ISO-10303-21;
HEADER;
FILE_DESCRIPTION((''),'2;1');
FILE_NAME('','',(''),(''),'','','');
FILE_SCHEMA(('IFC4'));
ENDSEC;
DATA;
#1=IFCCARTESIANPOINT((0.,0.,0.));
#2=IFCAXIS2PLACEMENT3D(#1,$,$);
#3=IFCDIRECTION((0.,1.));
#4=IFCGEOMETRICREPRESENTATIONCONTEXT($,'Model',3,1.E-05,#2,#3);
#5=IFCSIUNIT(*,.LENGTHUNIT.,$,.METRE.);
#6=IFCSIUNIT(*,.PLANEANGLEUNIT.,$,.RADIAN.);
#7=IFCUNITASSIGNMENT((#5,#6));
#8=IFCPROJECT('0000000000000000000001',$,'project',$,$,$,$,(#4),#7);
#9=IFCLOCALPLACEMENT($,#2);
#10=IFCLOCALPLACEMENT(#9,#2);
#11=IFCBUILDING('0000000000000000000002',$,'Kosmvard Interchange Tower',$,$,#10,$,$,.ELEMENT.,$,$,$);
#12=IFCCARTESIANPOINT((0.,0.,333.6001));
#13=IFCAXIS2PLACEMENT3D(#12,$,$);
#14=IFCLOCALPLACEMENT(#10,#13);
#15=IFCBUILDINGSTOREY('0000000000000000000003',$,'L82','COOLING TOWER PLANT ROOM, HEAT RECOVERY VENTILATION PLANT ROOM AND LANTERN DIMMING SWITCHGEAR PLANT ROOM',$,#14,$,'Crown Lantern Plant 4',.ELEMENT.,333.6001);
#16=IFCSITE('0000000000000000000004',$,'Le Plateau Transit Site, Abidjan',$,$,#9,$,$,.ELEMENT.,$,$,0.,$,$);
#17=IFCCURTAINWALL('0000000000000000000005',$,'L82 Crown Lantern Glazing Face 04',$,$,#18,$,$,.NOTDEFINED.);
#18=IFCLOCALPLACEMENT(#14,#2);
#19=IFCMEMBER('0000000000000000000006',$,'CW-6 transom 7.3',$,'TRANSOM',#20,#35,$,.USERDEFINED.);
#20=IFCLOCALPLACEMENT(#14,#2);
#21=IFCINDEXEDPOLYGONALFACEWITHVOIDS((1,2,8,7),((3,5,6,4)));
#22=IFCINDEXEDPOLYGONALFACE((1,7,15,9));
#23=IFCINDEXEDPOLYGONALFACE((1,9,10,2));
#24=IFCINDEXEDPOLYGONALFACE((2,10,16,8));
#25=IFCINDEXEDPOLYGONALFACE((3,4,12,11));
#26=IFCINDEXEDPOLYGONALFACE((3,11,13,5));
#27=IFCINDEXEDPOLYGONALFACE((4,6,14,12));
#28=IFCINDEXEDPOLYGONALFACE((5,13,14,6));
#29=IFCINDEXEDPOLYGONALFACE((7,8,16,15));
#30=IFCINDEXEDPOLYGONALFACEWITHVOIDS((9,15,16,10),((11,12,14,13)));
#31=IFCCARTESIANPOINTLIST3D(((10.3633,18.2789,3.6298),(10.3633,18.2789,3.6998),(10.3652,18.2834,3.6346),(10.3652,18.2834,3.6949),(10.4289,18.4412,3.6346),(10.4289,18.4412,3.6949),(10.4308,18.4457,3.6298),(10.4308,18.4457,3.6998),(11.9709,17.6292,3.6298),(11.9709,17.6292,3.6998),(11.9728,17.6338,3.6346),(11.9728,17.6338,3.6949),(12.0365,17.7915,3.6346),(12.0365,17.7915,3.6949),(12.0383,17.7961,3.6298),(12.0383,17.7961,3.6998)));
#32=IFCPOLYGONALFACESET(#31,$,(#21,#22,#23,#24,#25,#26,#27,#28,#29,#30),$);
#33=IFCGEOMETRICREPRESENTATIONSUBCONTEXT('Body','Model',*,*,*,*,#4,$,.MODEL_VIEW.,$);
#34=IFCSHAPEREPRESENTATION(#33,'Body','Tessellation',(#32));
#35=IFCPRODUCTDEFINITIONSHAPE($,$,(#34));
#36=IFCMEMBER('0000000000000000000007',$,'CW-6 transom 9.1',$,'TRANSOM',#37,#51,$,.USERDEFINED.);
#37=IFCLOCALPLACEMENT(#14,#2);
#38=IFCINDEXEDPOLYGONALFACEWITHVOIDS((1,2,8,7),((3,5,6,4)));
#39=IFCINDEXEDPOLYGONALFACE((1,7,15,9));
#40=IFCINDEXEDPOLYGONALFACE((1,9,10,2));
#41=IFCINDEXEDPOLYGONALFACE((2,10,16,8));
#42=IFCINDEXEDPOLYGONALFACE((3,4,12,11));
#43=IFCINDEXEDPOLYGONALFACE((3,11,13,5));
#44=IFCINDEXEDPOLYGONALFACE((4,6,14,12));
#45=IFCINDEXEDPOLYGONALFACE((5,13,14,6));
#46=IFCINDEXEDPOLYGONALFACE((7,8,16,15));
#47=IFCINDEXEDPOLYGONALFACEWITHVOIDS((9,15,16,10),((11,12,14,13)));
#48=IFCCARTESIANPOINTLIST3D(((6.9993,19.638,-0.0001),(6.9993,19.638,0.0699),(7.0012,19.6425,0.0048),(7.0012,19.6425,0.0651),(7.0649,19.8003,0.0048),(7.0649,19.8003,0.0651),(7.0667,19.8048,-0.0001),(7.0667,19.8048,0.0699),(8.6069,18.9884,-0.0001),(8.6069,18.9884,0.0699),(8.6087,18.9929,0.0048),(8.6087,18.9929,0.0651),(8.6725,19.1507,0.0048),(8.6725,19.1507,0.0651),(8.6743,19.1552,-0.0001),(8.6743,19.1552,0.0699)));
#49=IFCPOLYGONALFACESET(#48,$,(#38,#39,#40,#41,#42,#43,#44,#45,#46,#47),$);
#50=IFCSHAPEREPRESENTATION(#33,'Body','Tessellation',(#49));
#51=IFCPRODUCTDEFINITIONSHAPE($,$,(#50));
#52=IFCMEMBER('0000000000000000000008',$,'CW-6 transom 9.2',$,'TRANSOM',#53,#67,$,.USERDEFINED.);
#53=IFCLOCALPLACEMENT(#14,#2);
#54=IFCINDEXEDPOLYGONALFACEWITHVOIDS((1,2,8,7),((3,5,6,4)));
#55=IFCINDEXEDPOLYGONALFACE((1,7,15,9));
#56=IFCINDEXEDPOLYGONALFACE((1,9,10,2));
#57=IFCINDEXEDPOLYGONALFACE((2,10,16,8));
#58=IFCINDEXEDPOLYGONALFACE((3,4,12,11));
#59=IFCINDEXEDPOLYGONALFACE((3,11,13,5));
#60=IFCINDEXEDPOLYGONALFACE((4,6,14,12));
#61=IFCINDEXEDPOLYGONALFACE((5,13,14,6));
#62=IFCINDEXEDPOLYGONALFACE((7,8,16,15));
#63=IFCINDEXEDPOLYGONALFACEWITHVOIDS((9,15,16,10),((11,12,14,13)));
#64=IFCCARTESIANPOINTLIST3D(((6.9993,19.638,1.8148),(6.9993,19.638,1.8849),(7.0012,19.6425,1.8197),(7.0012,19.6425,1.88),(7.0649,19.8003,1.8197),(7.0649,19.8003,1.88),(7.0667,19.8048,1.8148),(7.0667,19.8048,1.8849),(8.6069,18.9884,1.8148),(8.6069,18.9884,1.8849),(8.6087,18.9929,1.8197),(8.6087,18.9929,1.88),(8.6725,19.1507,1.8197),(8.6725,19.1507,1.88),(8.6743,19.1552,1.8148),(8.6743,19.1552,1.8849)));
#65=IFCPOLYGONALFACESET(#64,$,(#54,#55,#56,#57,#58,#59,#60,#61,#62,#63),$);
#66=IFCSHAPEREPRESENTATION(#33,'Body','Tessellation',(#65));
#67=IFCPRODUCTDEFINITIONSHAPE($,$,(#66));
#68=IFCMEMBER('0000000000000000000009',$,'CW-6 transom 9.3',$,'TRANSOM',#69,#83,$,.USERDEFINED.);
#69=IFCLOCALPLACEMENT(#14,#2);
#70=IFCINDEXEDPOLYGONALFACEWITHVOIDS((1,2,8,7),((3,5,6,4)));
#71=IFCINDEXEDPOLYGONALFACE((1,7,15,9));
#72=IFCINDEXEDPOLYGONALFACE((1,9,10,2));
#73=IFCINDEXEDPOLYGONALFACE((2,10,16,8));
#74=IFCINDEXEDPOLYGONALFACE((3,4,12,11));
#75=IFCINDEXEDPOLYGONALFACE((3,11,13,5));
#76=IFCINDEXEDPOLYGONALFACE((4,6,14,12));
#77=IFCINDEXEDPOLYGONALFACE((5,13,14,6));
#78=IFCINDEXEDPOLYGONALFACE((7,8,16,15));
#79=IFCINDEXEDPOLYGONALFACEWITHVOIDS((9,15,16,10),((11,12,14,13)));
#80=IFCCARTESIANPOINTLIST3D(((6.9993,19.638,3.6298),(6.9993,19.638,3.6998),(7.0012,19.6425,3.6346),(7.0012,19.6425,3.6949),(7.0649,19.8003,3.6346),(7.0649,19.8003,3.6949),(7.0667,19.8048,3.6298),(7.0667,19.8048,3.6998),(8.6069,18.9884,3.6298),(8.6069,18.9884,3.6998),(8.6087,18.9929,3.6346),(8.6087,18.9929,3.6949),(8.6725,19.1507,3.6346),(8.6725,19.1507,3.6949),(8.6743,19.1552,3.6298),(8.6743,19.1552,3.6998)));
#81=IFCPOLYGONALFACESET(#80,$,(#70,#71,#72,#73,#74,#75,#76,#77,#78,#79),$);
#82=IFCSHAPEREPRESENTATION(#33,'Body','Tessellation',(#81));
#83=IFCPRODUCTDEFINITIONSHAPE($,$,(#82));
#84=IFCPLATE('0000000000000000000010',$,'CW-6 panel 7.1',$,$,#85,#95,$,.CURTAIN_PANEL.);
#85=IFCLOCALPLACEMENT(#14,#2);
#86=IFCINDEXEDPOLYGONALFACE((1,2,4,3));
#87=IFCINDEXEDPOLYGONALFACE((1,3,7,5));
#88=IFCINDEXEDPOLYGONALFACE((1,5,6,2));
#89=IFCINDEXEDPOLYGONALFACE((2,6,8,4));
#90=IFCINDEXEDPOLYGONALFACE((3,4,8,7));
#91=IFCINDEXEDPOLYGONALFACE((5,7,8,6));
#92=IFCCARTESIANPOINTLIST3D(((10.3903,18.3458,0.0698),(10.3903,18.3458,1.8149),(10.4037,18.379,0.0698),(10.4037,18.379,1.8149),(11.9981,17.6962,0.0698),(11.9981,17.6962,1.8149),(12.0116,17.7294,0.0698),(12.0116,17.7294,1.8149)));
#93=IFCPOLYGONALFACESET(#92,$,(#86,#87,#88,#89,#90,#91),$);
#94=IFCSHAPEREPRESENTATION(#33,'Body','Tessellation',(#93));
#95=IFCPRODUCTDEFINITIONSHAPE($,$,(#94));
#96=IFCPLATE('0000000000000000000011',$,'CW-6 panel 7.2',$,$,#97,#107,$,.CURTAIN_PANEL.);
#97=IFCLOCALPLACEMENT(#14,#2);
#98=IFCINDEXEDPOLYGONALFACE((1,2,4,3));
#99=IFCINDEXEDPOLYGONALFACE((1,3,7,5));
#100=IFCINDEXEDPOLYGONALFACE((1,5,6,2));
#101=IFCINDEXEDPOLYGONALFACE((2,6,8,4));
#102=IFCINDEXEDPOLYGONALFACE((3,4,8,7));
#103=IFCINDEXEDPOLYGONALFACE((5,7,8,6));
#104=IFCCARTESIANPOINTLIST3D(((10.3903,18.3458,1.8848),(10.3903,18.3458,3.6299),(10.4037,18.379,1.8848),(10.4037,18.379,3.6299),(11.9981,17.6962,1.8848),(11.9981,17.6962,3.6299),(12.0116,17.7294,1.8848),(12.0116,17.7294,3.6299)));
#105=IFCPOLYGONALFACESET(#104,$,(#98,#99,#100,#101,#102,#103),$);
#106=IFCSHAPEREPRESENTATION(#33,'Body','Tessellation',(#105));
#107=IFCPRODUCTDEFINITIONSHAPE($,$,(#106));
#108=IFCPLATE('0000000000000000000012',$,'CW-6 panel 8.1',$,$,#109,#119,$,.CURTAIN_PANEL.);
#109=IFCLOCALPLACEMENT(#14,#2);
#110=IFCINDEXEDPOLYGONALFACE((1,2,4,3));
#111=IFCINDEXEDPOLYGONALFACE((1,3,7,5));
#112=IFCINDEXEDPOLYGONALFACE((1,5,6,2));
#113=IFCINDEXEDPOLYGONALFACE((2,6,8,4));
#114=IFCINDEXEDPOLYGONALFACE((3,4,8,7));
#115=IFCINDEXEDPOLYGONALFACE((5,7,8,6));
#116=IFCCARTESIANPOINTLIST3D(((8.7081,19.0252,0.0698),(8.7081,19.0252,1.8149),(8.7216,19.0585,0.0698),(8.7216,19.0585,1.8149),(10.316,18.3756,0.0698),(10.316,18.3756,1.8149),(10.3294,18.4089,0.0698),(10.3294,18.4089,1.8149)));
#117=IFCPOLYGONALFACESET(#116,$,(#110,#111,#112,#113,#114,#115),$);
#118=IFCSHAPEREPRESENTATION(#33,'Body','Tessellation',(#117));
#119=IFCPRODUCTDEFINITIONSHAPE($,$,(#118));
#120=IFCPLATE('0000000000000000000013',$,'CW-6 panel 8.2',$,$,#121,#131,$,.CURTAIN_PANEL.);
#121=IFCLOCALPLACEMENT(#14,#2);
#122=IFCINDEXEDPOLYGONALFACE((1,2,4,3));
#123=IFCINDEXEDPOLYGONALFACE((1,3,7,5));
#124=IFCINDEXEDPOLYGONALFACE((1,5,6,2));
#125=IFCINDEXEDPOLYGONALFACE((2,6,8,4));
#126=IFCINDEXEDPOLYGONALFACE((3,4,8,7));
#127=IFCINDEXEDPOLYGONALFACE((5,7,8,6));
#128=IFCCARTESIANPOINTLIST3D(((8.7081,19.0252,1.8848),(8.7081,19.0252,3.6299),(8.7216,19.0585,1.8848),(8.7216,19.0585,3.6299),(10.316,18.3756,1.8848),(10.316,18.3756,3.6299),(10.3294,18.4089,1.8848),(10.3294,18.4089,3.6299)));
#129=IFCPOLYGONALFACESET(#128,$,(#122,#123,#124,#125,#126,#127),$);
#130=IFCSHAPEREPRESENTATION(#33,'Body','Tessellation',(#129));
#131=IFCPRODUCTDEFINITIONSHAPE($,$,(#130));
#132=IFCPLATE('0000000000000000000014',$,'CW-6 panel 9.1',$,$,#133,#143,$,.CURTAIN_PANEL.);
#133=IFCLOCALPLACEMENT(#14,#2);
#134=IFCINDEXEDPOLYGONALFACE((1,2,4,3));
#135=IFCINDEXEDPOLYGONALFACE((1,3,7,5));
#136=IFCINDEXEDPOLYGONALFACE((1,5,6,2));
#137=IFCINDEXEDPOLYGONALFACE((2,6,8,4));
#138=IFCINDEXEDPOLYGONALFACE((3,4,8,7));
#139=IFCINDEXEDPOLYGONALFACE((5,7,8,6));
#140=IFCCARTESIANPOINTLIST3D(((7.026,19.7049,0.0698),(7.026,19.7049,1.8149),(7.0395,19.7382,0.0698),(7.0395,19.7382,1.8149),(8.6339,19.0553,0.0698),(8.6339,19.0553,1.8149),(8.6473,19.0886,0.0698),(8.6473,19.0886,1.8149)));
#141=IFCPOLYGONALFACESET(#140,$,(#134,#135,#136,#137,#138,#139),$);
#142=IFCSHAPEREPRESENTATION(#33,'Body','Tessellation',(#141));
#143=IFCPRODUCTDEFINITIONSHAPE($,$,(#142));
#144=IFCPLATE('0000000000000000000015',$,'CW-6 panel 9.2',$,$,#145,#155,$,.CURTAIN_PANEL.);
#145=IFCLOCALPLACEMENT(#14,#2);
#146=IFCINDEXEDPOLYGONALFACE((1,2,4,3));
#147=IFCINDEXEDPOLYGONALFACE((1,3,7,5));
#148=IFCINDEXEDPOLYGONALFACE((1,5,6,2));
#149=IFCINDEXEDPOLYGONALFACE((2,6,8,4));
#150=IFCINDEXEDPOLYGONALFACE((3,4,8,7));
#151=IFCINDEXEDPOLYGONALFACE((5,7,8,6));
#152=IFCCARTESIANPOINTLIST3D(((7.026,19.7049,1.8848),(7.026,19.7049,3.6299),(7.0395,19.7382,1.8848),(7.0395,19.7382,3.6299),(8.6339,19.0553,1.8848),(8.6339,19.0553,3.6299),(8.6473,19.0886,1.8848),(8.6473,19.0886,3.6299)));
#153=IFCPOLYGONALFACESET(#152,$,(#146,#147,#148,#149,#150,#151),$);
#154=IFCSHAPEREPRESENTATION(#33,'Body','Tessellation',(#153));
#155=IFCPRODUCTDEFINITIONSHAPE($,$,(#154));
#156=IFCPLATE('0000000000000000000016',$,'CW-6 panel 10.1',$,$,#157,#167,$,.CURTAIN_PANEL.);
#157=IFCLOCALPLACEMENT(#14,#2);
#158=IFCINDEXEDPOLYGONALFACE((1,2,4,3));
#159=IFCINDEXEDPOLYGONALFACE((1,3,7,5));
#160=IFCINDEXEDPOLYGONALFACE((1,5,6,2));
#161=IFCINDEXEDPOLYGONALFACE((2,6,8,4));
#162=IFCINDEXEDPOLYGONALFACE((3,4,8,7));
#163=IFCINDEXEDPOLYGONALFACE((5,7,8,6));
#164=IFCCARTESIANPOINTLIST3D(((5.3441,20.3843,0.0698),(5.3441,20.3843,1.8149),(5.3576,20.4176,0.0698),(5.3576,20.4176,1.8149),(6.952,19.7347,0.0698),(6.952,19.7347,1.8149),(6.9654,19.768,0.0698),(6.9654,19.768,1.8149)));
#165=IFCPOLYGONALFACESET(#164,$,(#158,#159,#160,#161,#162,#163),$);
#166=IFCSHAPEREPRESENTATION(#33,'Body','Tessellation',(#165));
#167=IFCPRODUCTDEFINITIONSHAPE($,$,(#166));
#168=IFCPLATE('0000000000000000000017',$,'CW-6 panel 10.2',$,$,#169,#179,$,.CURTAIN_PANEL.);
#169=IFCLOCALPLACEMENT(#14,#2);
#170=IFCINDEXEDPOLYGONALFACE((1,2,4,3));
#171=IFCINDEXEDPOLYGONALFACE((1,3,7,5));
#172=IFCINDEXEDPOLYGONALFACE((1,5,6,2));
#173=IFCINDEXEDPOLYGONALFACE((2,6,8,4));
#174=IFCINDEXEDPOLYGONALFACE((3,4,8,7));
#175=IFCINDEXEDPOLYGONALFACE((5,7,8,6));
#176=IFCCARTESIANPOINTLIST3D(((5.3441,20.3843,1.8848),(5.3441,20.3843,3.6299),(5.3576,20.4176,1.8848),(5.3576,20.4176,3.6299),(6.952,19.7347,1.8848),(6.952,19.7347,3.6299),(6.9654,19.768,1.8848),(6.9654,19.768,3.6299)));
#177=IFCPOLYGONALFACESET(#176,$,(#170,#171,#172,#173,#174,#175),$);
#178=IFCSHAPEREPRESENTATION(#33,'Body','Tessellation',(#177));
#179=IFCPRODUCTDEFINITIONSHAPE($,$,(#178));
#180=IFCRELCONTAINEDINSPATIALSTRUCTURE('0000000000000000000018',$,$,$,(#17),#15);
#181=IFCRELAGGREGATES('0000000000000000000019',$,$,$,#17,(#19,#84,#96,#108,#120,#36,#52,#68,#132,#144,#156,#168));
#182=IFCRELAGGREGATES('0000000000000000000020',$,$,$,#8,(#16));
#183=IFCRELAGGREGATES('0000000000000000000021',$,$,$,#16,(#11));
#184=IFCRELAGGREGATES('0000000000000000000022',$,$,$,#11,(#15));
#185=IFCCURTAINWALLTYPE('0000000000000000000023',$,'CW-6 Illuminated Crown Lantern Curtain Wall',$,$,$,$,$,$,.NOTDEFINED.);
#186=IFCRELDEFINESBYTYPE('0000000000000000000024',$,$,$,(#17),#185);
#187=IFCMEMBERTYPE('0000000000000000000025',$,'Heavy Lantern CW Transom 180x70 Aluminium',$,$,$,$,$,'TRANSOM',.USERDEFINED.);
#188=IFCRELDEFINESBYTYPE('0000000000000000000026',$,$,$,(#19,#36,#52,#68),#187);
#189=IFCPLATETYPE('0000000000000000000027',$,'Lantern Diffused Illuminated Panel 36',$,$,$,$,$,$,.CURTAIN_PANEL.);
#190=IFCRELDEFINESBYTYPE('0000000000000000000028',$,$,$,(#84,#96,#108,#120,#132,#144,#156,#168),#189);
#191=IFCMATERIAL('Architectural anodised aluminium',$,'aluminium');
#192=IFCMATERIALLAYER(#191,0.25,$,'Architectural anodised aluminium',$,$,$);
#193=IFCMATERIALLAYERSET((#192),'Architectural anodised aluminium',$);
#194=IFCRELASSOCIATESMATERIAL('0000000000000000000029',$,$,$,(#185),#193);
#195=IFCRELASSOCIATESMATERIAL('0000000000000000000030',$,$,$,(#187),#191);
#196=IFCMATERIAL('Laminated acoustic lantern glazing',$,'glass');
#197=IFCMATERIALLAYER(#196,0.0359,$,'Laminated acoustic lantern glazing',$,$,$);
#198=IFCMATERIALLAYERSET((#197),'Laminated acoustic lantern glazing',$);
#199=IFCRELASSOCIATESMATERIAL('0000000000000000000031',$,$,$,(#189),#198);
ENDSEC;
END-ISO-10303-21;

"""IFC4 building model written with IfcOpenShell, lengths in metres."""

from ifc_helpers import new_model, si_unit, direction, frame, origin, origin_2d, place, context, subcontext, project, spatial, rectangle, hollow_rectangle, extrude, source, transform, mapped, material, layer, layer_set, material_profile, profile_set, type_object, element, aggregate, save


model = new_model("IFC4")

# Units and contexts
model_context = context("Model", 3, precision=1e-05, world=origin(), true_north=direction((0.0, 1.0)))
body_context = subcontext(model_context, "Body", "Model", "MODEL_VIEW")
ifc_project = project(units=[si_unit("LENGTHUNIT", "METRE"), si_unit("PLANEANGLEUNIT", "RADIAN")], contexts=[model_context])

# Site, building, storey
site_placement = place(None, origin())
site = spatial("IfcSite", under=ifc_project, at=site_placement, Name="Le Plateau Transit Site, Abidjan", CompositionType="ELEMENT", RefElevation=0.0)
building_placement = place(site_placement, origin())
building = spatial("IfcBuilding", under=site, at=building_placement, Name="Kosmvard Interchange Tower", CompositionType="ELEMENT")
storey_placement = place(building_placement, frame((0.0, 0.0, 333.6001)))
storey = spatial("IfcBuildingStorey", under=building, at=storey_placement, Name="L82", Description="COOLING TOWER PLANT ROOM, HEAT RECOVERY VENTILATION PLANT ROOM AND LANTERN DIMMING SWITCHGEAR PLANT ROOM", LongName="Crown Lantern Plant 4", CompositionType="ELEMENT", Elevation=333.6001)

# Curtain wall, members, plates
ifc_material_1 = material(Name="Architectural anodised aluminium", Category="aluminium")
ifc_layer_1 = layer(ifc_material_1, 0.25, Name="Architectural anodised aluminium")
ifc_layer_set_1 = layer_set([ifc_layer_1], Name="Architectural anodised aluminium")
curtain_wall_type = type_object("IfcCurtainWallType", Name="CW-6 Illuminated Crown Lantern Curtain Wall", PredefinedType="NOTDEFINED", material=ifc_layer_set_1)
curtain_wall_placement = place(storey_placement, origin())
curtain_wall = element("IfcCurtainWall", 1, at=curtain_wall_placement, inside=storey, type_object=curtain_wall_type, Name="L82 Crown Lantern Glazing Face 04", PredefinedType="NOTDEFINED")
ifc_material_profile_1 = material_profile(ifc_material_1, hollow_rectangle(XDim=0.1799, YDim=0.0701, WallThickness=0.0049, at=origin_2d()), Name="CWT 180x70x5")
ifc_profile_set_1 = profile_set([ifc_material_profile_1], Name="Architectural anodised aluminium")
member_type_1 = type_object("IfcMemberType", Name="Heavy Lantern CW Transom 180x70 Aluminium", ElementType="TRANSOM", PredefinedType="USERDEFINED", material=ifc_profile_set_1)
shared_shape_1 = source(origin(), body_context, "Body", "SweptSolid", [
    extrude(hollow_rectangle(XDim=0.1799, YDim=0.0701, WallThickness=0.0049, at=origin_2d()), origin(), (0.0, 0.0, 1.0), 1.7339),
])
member_1_placement = place(storey_placement, frame((12.0046, 17.7126, 3.6648), z_axis=(-0.92716, 0.374666, 0.0), x_axis=(-0.374666, -0.92716, 0.0)))
member_1 = element("IfcMember", 2, at=member_1_placement, type_object=member_type_1, Name="CW-6 transom 7.3", ObjectType="TRANSOM", PredefinedType="USERDEFINED", context=body_context, shape_type="MappedRepresentation", body=[
    mapped(shared_shape_1, transform((0.0, 0.0, 0.0), scale=1.0)),
])
member_2_placement = place(storey_placement, frame((8.6406, 19.0718, 0.0349), z_axis=(-0.92716, 0.374666, 0.0), x_axis=(-0.374666, -0.92716, 0.0)))
member_2 = element("IfcMember", 3, at=member_2_placement, type_object=member_type_1, Name="CW-6 transom 9.1", ObjectType="TRANSOM", PredefinedType="USERDEFINED", context=body_context, shape_type="MappedRepresentation", body=[
    mapped(shared_shape_1, transform((0.0, 0.0, 0.0), scale=1.0)),
])
member_3_placement = place(storey_placement, frame((8.6406, 19.0718, 1.8499), z_axis=(-0.92716, 0.374666, 0.0), x_axis=(-0.374666, -0.92716, 0.0)))
member_3 = element("IfcMember", 4, at=member_3_placement, type_object=member_type_1, Name="CW-6 transom 9.2", ObjectType="TRANSOM", PredefinedType="USERDEFINED", context=body_context, shape_type="MappedRepresentation", body=[
    mapped(shared_shape_1, transform((0.0, 0.0, 0.0), scale=1.0)),
])
member_4_placement = place(storey_placement, frame((8.6406, 19.0718, 3.6648), z_axis=(-0.92716, 0.374666, 0.0), x_axis=(-0.374666, -0.92716, 0.0)))
member_4 = element("IfcMember", 5, at=member_4_placement, type_object=member_type_1, Name="CW-6 transom 9.3", ObjectType="TRANSOM", PredefinedType="USERDEFINED", context=body_context, shape_type="MappedRepresentation", body=[
    mapped(shared_shape_1, transform((0.0, 0.0, 0.0), scale=1.0)),
])
ifc_material_2 = material(Name="Laminated acoustic lantern glazing", Category="glass")
ifc_layer_2 = layer(ifc_material_2, 0.0359, Name="Laminated acoustic lantern glazing")
ifc_layer_set_2 = layer_set([ifc_layer_2], Name="Laminated acoustic lantern glazing")
plate_type = type_object("IfcPlateType", Name="Lantern Diffused Illuminated Panel 36", PredefinedType="CURTAIN_PANEL", material=ifc_layer_set_2)
shared_shape_2 = source(origin(), body_context, "Body", "SweptSolid", [
    extrude(rectangle(XDim=1.7341, YDim=0.0359, at=origin_2d()), origin(), (0.0, 0.0, 1.0), 1.7451),
])
plate_1_placement = place(storey_placement, frame((11.2009, 18.0376, 0.0698), z_axis=(0.0, 0.0, 1.0), x_axis=(-0.927184, 0.374607, 0.0)))
plate_1 = element("IfcPlate", 6, at=plate_1_placement, type_object=plate_type, Name="CW-6 panel 7.1", PredefinedType="CURTAIN_PANEL", context=body_context, shape_type="MappedRepresentation", body=[
    mapped(shared_shape_2, transform((0.0, 0.0, 0.0), scale=1.0)),
])
plate_2_placement = place(storey_placement, frame((11.2009, 18.0376, 1.8848), z_axis=(0.0, 0.0, 1.0), x_axis=(-0.927184, 0.374607, 0.0)))
plate_2 = element("IfcPlate", 7, at=plate_2_placement, type_object=plate_type, Name="CW-6 panel 7.2", PredefinedType="CURTAIN_PANEL", context=body_context, shape_type="MappedRepresentation", body=[
    mapped(shared_shape_2, transform((0.0, 0.0, 0.0), scale=1.0)),
])
plate_3_placement = place(storey_placement, frame((9.5188, 18.717, 0.0698), z_axis=(0.0, 0.0, 1.0), x_axis=(-0.927184, 0.374607, 0.0)))
plate_3 = element("IfcPlate", 8, at=plate_3_placement, type_object=plate_type, Name="CW-6 panel 8.1", PredefinedType="CURTAIN_PANEL", context=body_context, shape_type="MappedRepresentation", body=[
    mapped(shared_shape_2, transform((0.0, 0.0, 0.0), scale=1.0)),
])
plate_4_placement = place(storey_placement, frame((9.5188, 18.717, 1.8848), z_axis=(0.0, 0.0, 1.0), x_axis=(-0.927184, 0.374607, 0.0)))
plate_4 = element("IfcPlate", 9, at=plate_4_placement, type_object=plate_type, Name="CW-6 panel 8.2", PredefinedType="CURTAIN_PANEL", context=body_context, shape_type="MappedRepresentation", body=[
    mapped(shared_shape_2, transform((0.0, 0.0, 0.0), scale=1.0)),
])
plate_5_placement = place(storey_placement, frame((7.8367, 19.3967, 0.0698), z_axis=(0.0, 0.0, 1.0), x_axis=(-0.927184, 0.374607, 0.0)))
plate_5 = element("IfcPlate", 10, at=plate_5_placement, type_object=plate_type, Name="CW-6 panel 9.1", PredefinedType="CURTAIN_PANEL", context=body_context, shape_type="MappedRepresentation", body=[
    mapped(shared_shape_2, transform((0.0, 0.0, 0.0), scale=1.0)),
])
plate_6_placement = place(storey_placement, frame((7.8367, 19.3967, 1.8848), z_axis=(0.0, 0.0, 1.0), x_axis=(-0.927184, 0.374607, 0.0)))
plate_6 = element("IfcPlate", 11, at=plate_6_placement, type_object=plate_type, Name="CW-6 panel 9.2", PredefinedType="CURTAIN_PANEL", context=body_context, shape_type="MappedRepresentation", body=[
    mapped(shared_shape_2, transform((0.0, 0.0, 0.0), scale=1.0)),
])
plate_7_placement = place(storey_placement, frame((6.1548, 20.0762, 0.0698), z_axis=(0.0, 0.0, 1.0), x_axis=(-0.927184, 0.374607, 0.0)))
plate_7 = element("IfcPlate", 12, at=plate_7_placement, type_object=plate_type, Name="CW-6 panel 10.1", PredefinedType="CURTAIN_PANEL", context=body_context, shape_type="MappedRepresentation", body=[
    mapped(shared_shape_2, transform((0.0, 0.0, 0.0), scale=1.0)),
])
plate_8_placement = place(storey_placement, frame((6.1548, 20.0762, 1.8848), z_axis=(0.0, 0.0, 1.0), x_axis=(-0.927184, 0.374607, 0.0)))
plate_8 = element("IfcPlate", 13, at=plate_8_placement, type_object=plate_type, Name="CW-6 panel 10.2", PredefinedType="CURTAIN_PANEL", context=body_context, shape_type="MappedRepresentation", body=[
    mapped(shared_shape_2, transform((0.0, 0.0, 0.0), scale=1.0)),
])
aggregate(curtain_wall, [member_1, plate_1, plate_2, plate_3, plate_4, member_2, member_3, member_4, plate_5, plate_6, plate_7, plate_8])

save(model, "model.ifc")
